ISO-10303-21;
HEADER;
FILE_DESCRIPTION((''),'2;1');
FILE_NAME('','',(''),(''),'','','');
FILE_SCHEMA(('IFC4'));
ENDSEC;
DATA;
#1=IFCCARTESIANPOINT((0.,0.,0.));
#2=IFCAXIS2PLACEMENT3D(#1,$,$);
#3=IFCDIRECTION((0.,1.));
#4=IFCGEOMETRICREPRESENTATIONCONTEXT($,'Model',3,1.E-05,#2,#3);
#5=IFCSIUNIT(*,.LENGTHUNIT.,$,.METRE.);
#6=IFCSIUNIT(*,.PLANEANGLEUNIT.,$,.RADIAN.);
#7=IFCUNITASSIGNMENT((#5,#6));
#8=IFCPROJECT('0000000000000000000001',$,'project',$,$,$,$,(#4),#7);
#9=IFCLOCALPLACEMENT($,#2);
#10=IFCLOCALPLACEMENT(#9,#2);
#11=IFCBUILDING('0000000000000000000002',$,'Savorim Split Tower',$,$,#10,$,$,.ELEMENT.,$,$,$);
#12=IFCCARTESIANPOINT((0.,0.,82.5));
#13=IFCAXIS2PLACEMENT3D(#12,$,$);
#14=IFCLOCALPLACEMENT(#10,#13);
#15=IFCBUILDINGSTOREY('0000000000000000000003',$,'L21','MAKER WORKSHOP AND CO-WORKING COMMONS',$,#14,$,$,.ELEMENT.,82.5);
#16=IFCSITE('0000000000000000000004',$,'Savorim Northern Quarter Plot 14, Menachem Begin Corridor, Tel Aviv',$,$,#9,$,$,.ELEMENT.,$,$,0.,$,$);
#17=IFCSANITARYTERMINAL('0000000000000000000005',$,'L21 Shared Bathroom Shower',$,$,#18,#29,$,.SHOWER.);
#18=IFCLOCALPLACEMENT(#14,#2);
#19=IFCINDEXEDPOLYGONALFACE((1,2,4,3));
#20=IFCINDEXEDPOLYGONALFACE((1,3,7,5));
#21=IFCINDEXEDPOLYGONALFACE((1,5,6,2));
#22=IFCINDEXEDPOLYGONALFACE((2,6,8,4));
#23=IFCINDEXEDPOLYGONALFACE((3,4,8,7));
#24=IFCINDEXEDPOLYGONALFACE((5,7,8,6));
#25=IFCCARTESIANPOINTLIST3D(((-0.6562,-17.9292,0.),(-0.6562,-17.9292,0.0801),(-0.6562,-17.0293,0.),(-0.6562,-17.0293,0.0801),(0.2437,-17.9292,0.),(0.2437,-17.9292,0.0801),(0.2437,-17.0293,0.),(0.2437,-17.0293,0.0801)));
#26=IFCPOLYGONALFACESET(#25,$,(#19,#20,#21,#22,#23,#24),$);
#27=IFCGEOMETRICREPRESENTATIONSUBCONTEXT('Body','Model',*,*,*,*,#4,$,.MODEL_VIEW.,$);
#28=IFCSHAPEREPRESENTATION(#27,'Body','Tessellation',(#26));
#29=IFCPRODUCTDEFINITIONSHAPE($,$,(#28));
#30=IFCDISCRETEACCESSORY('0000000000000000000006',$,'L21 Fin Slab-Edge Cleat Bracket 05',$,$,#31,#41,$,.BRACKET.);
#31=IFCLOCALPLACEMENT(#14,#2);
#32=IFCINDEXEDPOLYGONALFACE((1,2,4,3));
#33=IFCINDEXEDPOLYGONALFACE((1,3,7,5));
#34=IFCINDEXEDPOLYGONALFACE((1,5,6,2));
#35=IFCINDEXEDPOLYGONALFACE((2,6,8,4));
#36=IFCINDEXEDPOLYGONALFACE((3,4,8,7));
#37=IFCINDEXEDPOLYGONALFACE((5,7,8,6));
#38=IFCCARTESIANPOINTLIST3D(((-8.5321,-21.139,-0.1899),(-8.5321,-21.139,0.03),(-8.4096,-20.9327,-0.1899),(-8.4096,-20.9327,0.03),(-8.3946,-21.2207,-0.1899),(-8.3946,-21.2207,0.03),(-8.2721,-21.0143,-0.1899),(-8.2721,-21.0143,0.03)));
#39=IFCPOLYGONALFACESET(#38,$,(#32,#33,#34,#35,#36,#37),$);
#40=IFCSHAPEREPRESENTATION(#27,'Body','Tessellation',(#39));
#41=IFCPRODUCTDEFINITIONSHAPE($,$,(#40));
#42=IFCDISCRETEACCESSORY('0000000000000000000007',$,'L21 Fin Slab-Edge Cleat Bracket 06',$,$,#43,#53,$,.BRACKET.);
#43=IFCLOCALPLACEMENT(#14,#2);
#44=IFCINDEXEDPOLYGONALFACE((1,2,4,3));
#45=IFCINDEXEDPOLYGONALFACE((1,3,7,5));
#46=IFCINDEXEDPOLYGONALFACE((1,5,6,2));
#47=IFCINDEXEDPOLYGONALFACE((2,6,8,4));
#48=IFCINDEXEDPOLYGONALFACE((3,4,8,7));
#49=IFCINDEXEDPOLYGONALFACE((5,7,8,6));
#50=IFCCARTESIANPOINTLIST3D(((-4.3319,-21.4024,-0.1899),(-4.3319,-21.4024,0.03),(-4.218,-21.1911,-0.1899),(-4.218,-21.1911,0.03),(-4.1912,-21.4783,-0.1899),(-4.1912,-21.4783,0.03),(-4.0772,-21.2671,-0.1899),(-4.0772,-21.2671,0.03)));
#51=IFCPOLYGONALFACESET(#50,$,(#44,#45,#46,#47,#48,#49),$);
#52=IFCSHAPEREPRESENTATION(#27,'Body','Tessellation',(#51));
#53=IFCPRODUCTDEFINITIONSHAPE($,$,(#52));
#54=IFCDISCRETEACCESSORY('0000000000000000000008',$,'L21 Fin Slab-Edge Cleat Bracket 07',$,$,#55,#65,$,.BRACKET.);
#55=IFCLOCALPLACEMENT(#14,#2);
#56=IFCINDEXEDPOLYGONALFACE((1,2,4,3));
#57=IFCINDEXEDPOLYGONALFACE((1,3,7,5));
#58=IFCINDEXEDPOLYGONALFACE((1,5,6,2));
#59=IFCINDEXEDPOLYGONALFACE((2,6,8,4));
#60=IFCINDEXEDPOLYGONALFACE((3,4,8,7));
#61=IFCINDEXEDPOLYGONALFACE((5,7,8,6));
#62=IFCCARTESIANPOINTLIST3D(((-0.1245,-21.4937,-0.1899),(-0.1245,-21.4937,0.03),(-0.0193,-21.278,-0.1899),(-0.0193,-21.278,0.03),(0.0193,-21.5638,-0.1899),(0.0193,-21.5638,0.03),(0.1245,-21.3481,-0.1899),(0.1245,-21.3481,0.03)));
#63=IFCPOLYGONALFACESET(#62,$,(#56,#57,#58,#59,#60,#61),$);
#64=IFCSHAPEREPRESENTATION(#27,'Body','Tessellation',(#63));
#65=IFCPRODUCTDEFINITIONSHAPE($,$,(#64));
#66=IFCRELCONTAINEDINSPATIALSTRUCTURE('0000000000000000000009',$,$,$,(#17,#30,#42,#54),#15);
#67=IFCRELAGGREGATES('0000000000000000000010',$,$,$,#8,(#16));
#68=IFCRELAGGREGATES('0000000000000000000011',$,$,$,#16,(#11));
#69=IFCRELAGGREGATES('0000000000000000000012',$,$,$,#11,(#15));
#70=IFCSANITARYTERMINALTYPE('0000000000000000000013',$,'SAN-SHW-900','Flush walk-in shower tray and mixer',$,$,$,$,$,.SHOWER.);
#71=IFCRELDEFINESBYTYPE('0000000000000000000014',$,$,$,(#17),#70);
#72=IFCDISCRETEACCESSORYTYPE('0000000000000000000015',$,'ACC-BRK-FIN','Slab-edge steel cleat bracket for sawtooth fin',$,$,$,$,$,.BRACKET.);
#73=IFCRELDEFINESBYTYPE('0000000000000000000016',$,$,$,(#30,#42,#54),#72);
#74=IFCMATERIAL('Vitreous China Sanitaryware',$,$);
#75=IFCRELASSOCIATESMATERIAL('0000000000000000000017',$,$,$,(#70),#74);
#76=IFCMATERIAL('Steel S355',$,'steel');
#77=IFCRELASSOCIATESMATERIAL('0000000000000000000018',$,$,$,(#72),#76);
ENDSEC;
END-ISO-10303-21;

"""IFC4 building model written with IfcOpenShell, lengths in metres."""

from ifc_helpers import new_model, si_unit, direction, frame, origin, origin_2d, place, context, subcontext, project, spatial, rectangle, extrude, material, type_object, element, save


model = new_model("IFC4")

# Units and contexts
model_context = context("Model", 3, precision=1e-05, world=origin(), true_north=direction((0.0, 1.0)))
body_context = subcontext(model_context, "Body", "Model", "MODEL_VIEW")
ifc_project = project(units=[si_unit("LENGTHUNIT", "METRE"), si_unit("PLANEANGLEUNIT", "RADIAN")], contexts=[model_context])

# Site, building, storey
site_placement = place(None, origin())
site = spatial("IfcSite", under=ifc_project, at=site_placement, Name="Savorim Northern Quarter Plot 14, Menachem Begin Corridor, Tel Aviv", CompositionType="ELEMENT", RefElevation=0.0)
building_placement = place(site_placement, origin())
building = spatial("IfcBuilding", under=site, at=building_placement, Name="Savorim Split Tower", CompositionType="ELEMENT")
storey_placement = place(building_placement, frame((0.0, 0.0, 82.5)))
storey = spatial("IfcBuildingStorey", under=building, at=storey_placement, Name="L21", Description="MAKER WORKSHOP AND CO-WORKING COMMONS", CompositionType="ELEMENT", Elevation=82.5)

# Shared definitions
ifc_material_1 = material(Name="Steel S355", Category="steel")

# Sanitary terminal
ifc_material_2 = material(Name="Vitreous China Sanitaryware")
sanitary_terminal_type = type_object("IfcSanitaryTerminalType", Name="SAN-SHW-900", Description="Flush walk-in shower tray and mixer", PredefinedType="SHOWER", material=ifc_material_2)
sanitary_terminal_placement = place(storey_placement, frame((-0.2063, -17.4792, 0.0), z_axis=(0.0, 0.0, 1.0), x_axis=(1.0, 0.0, 0.0)))
element("IfcSanitaryTerminal", 1, at=sanitary_terminal_placement, inside=storey, type_object=sanitary_terminal_type, Name="L21 Shared Bathroom Shower", PredefinedType="SHOWER", context=body_context, shape_type="SweptSolid", body=[
    extrude(rectangle(XDim=0.8999, YDim=0.8999, at=origin_2d()), origin(), (0.0, 0.0, 1.0), 0.0801),
])

# Discrete accessories
discrete_accessory_type = type_object("IfcDiscreteAccessoryType", Name="ACC-BRK-FIN", Description="Slab-edge steel cleat bracket for sawtooth fin", PredefinedType="BRACKET", material=ifc_material_1)
for number, where, z_axis, x_axis, name in (
    (2, (-8.4021, -21.0767, -0.1899), (0.0, 0.0, 1.0), (-0.510391, -0.859942, 0.0), "L21 Fin Slab-Edge Cleat Bracket 05"),
    (3, (-4.2046, -21.3347, -0.1899), (0.0, 0.0, 1.0), (-0.474778, -0.880106, 0.0), "L21 Fin Slab-Edge Cleat Bracket 06"),
    (4, (0.0, -21.4209, -0.1899), (0.0, 0.0, 1.0), (-0.438371, -0.898794, 0.0), "L21 Fin Slab-Edge Cleat Bracket 07"),
):
    element("IfcDiscreteAccessory", number, at=place(storey_placement, frame(where, z_axis=z_axis, x_axis=x_axis)), inside=storey, type_object=discrete_accessory_type, Name=name, PredefinedType="BRACKET", context=body_context, shape_type="SweptSolid", body=[
        extrude(rectangle(XDim=0.24, YDim=0.1599, at=origin_2d()), origin(), (0.0, 0.0, 1.0), 0.22),
    ])

save(model, "model.ifc")
